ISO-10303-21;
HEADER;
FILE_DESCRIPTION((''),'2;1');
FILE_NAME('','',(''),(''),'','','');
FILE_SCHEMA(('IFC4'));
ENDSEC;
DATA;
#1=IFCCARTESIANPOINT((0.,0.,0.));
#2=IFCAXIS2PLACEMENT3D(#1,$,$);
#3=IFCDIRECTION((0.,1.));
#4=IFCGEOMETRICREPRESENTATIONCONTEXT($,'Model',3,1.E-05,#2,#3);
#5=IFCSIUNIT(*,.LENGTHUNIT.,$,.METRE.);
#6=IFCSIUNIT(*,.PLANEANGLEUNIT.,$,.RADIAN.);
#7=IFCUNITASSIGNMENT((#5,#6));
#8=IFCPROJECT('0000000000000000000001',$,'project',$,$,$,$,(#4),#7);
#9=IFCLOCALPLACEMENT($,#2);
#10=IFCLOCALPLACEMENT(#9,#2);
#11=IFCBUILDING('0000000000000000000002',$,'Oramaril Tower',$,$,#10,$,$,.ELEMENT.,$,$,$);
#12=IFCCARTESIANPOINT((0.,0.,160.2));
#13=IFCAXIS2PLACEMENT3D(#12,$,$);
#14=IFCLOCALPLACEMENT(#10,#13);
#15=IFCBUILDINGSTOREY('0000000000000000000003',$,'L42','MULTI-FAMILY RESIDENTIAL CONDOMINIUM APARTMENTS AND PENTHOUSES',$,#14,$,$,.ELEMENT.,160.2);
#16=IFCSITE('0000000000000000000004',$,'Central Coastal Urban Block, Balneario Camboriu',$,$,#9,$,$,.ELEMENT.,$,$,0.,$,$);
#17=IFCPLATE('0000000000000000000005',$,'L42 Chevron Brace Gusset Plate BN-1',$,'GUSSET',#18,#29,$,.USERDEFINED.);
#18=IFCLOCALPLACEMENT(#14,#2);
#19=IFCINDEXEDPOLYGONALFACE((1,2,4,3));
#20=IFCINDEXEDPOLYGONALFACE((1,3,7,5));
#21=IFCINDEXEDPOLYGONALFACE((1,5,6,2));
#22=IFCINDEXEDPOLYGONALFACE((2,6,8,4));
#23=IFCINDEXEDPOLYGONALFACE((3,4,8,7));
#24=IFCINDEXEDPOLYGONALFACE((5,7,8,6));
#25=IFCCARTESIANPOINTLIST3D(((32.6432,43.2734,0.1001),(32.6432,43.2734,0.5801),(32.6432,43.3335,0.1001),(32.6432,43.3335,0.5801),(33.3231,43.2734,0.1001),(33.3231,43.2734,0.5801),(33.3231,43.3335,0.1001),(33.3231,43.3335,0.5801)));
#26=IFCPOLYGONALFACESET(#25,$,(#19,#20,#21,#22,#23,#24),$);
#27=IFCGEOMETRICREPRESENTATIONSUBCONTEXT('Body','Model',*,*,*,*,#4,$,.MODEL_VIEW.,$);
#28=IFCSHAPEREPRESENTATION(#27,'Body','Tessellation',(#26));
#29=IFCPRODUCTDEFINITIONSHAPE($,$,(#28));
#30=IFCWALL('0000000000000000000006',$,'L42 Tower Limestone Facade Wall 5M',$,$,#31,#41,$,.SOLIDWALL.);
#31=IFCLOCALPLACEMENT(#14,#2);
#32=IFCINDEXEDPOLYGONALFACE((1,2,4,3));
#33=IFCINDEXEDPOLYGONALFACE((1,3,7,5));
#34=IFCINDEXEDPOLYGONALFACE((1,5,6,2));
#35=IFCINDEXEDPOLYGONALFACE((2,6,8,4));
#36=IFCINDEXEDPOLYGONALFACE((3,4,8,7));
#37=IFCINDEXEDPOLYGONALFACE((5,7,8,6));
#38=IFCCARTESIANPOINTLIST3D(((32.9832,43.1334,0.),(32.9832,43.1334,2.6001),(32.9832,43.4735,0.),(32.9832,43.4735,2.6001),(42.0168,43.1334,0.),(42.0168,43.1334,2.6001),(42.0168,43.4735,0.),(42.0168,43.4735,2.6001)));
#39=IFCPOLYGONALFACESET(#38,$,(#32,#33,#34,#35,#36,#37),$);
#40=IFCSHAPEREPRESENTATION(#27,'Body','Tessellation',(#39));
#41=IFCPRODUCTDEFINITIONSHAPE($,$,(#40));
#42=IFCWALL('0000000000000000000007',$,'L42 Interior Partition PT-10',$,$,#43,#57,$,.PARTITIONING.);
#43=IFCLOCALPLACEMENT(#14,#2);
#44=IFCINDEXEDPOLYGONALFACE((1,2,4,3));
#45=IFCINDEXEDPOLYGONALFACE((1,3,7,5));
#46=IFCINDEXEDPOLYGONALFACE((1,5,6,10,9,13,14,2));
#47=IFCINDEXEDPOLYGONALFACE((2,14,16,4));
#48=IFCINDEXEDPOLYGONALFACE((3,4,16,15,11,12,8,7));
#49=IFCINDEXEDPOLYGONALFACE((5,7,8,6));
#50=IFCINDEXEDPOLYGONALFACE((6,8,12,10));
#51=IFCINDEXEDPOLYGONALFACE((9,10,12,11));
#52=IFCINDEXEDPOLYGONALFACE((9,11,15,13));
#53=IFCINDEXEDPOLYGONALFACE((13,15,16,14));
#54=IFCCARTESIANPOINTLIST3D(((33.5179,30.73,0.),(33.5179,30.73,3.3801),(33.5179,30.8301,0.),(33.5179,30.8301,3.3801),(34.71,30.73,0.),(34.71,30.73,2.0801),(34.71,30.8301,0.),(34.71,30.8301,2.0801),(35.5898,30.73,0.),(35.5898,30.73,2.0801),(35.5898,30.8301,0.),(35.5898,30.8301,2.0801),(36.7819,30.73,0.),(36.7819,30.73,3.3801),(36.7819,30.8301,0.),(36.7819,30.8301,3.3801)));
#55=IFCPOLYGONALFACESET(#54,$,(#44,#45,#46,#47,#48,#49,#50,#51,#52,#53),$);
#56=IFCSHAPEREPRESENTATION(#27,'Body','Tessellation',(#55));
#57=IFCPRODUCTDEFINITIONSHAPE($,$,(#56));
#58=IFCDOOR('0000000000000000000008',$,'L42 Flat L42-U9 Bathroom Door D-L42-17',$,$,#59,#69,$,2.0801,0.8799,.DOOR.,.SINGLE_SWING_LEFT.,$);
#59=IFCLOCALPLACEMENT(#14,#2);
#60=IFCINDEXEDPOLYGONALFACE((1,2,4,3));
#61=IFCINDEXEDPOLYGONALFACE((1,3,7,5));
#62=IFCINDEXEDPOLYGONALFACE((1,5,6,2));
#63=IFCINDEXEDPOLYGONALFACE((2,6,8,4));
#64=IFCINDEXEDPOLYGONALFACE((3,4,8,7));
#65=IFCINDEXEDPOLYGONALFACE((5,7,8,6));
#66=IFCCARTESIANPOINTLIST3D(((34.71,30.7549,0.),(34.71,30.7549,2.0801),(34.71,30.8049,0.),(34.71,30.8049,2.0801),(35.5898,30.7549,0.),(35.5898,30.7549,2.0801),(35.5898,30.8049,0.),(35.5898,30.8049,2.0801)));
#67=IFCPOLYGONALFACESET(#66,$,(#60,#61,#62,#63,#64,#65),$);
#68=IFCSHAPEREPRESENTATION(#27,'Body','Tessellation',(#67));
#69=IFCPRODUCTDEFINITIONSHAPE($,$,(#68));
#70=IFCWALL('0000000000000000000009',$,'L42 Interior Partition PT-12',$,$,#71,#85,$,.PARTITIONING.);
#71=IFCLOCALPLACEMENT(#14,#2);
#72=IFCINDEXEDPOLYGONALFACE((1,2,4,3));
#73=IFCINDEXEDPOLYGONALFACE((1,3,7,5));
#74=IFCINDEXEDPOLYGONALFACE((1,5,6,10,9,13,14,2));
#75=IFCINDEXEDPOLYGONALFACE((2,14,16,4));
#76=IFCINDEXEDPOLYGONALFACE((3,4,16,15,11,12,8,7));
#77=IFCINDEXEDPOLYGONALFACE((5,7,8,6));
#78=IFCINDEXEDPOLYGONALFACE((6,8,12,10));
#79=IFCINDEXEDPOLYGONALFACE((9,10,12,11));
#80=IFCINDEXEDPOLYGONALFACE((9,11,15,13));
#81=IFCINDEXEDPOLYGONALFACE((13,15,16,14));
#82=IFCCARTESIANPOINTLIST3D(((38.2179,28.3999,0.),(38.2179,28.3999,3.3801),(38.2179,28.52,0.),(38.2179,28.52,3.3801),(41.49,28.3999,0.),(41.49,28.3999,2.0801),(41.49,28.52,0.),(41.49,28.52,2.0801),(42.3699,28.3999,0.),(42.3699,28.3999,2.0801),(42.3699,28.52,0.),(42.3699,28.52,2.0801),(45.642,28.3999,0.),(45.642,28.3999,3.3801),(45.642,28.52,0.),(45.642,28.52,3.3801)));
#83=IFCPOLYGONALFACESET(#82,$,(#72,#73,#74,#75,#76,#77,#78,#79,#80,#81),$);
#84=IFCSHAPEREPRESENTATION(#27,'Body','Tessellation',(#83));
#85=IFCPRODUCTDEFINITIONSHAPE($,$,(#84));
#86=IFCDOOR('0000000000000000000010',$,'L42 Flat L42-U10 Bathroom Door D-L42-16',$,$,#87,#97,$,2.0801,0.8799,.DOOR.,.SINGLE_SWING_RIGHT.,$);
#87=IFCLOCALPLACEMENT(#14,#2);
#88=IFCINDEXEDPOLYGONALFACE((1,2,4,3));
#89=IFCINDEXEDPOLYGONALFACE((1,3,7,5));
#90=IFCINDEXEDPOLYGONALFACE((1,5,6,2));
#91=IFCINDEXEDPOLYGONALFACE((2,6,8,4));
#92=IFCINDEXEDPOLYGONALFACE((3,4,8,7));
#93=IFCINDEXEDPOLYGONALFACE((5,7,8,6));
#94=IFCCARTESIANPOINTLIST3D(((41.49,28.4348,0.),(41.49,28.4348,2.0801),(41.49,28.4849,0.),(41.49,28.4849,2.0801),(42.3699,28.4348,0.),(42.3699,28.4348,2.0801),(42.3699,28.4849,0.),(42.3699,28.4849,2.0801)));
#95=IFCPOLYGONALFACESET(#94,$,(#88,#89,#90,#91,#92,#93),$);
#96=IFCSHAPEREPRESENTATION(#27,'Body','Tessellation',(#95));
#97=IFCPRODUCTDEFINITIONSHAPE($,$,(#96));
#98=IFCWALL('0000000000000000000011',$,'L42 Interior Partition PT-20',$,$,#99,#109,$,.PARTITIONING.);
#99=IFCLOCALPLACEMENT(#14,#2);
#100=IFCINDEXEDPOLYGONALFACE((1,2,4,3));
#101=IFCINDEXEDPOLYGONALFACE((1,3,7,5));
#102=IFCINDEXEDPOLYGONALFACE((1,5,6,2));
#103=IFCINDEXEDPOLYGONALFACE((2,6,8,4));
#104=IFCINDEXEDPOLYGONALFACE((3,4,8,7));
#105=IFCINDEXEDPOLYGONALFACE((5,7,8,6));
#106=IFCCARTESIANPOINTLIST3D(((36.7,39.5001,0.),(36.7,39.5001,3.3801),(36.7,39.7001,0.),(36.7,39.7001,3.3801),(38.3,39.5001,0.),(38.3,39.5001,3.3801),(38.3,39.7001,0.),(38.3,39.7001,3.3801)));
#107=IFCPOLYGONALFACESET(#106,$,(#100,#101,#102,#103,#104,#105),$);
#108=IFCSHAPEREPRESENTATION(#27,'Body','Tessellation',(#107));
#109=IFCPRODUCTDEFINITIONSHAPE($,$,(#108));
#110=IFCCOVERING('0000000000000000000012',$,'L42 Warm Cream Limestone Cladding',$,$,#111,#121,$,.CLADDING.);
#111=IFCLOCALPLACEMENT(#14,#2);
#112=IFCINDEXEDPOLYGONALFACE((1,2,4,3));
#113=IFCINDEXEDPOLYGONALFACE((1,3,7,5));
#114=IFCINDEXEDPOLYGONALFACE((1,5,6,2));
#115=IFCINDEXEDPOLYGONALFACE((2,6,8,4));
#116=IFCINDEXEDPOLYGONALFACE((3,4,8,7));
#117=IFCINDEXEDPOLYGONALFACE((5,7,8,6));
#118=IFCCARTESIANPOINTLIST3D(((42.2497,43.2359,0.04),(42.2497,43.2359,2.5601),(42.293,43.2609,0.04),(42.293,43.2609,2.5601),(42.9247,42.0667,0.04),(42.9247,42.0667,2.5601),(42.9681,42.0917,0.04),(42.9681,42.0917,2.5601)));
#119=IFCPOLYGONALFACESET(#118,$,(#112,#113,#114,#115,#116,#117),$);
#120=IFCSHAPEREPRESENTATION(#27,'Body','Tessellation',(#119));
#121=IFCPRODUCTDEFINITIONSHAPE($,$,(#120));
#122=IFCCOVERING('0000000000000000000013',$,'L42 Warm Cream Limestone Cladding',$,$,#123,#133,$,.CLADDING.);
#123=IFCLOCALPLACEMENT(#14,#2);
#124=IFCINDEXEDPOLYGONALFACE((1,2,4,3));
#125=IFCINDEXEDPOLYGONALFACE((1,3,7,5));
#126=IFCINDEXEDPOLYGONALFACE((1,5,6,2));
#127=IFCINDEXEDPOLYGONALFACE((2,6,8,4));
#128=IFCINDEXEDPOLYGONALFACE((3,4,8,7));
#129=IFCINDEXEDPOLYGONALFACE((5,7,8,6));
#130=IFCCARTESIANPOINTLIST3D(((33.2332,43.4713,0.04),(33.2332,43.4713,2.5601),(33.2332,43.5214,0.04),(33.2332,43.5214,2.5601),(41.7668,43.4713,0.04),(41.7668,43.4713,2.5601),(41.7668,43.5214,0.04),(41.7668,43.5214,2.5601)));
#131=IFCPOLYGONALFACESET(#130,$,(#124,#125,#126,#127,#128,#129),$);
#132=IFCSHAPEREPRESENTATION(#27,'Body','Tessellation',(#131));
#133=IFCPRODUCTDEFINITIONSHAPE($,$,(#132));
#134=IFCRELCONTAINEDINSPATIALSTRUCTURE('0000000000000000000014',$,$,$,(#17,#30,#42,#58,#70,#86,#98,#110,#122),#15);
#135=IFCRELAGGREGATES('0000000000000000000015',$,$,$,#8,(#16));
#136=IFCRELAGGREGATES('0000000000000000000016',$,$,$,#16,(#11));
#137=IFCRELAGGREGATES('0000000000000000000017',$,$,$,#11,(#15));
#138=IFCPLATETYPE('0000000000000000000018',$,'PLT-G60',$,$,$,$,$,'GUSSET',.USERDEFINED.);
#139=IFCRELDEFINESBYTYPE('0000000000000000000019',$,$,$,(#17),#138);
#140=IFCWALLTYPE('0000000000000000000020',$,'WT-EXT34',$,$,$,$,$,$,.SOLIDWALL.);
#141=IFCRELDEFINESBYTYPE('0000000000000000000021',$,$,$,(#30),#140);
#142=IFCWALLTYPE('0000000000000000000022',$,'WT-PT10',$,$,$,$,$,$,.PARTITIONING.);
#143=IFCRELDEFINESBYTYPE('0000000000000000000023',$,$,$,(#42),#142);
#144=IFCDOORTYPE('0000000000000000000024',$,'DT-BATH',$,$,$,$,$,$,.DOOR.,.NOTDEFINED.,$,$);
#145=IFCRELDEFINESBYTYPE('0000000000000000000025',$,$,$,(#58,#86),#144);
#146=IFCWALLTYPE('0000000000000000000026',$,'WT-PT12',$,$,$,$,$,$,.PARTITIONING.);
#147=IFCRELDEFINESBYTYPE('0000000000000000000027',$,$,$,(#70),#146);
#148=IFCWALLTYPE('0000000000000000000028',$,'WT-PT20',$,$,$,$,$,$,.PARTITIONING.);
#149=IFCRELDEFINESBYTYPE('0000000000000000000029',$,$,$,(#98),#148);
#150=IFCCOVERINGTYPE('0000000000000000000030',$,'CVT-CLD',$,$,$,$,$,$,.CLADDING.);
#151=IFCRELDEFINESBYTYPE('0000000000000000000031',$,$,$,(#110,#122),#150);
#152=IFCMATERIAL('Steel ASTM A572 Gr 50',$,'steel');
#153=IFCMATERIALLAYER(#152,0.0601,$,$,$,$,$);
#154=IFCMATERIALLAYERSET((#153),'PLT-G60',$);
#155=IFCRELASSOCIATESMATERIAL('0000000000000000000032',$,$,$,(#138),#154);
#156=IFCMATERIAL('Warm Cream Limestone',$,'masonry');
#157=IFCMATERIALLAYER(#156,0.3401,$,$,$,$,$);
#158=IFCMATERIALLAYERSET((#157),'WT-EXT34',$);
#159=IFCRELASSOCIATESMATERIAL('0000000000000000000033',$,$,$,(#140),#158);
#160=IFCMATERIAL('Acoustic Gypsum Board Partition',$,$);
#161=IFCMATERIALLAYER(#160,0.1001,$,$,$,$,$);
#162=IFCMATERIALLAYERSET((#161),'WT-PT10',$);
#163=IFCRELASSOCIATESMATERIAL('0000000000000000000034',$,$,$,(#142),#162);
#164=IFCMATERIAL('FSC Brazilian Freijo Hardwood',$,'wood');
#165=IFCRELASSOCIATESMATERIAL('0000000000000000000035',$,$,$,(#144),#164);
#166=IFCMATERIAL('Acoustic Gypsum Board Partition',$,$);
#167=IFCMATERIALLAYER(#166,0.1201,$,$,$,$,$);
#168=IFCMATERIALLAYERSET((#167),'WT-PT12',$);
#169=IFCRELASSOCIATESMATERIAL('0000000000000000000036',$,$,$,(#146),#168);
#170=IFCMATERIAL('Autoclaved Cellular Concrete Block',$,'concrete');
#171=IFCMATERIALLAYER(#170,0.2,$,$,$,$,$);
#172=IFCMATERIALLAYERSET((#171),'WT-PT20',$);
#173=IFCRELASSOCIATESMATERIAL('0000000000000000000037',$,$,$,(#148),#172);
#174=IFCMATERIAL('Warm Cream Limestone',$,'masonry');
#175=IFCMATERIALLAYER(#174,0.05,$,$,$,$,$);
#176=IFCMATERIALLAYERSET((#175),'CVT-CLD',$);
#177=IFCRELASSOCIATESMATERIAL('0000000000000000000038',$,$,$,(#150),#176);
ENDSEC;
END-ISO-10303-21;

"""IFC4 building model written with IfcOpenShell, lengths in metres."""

from ifc_helpers import new_model, si_unit, direction, frame, frame_2d, origin, origin_2d, place, context, subcontext, project, spatial, rectangle, extrude, material, layer, layer_set, type_object, element, fill, save


model = new_model("IFC4")

# Units and contexts
model_context = context("Model", 3, precision=1e-05, world=origin(), true_north=direction((0.0, 1.0)))
body_context = subcontext(model_context, "Body", "Model", "MODEL_VIEW")
ifc_project = project(units=[si_unit("LENGTHUNIT", "METRE"), si_unit("PLANEANGLEUNIT", "RADIAN")], contexts=[model_context])

# Site, building, storey
site_placement = place(None, origin())
site = spatial("IfcSite", under=ifc_project, at=site_placement, Name="Central Coastal Urban Block, Balneario Camboriu", CompositionType="ELEMENT", RefElevation=0.0)
building_placement = place(site_placement, origin())
building = spatial("IfcBuilding", under=site, at=building_placement, Name="Oramaril Tower", CompositionType="ELEMENT")
storey_placement = place(building_placement, frame((0.0, 0.0, 160.2)))
storey = spatial("IfcBuildingStorey", under=building, at=storey_placement, Name="L42", Description="MULTI-FAMILY RESIDENTIAL CONDOMINIUM APARTMENTS AND PENTHOUSES", CompositionType="ELEMENT", Elevation=160.2)

# Plate
ifc_material_1 = material(Name="Steel ASTM A572 Gr 50", Category="steel")
ifc_layer_1 = layer(ifc_material_1, 0.0601)
ifc_layer_set_1 = layer_set([ifc_layer_1], Name="PLT-G60")
plate_type = type_object("IfcPlateType", Name="PLT-G60", ElementType="GUSSET", PredefinedType="USERDEFINED", material=ifc_layer_set_1)
for number, where, z_axis, x_axis, name in (
    (1, (32.9832, 43.3035, 0.1001), (0.0, 0.0, 1.0), (-1.0, 0.0, 0.0), "L42 Chevron Brace Gusset Plate BN-1"),
):
    element("IfcPlate", number, at=place(storey_placement, frame(where, z_axis=z_axis, x_axis=x_axis)), inside=storey, type_object=plate_type, Name=name, ObjectType="GUSSET", PredefinedType="USERDEFINED", context=body_context, shape_type="SweptSolid", body=[
        extrude(rectangle(XDim=0.6799, YDim=0.0601, at=origin_2d()), origin(), (0.0, 0.0, 1.0), 0.48),
    ])

# Wall
ifc_material_2 = material(Name="Warm Cream Limestone", Category="masonry")
ifc_layer_2 = layer(ifc_material_2, 0.3401)
ifc_layer_set_2 = layer_set([ifc_layer_2], Name="WT-EXT34")
wall_type_1 = type_object("IfcWallType", Name="WT-EXT34", PredefinedType="SOLIDWALL", material=ifc_layer_set_2)
wall_1_placement = place(storey_placement, frame((42.0168, 43.3035, 0.0), z_axis=(0.0, 0.0, 1.0), x_axis=(-1.0, 0.0, 0.0)))
element("IfcWall", 2, at=wall_1_placement, inside=storey, type_object=wall_type_1, Name="L42 Tower Limestone Facade Wall 5M", PredefinedType="SOLIDWALL", context=body_context, shape_type="SweptSolid", body=[
    extrude(rectangle(XDim=9.0337, YDim=0.3401, at=frame_2d((4.5168, 0.0))), origin(), (0.0, 0.0, 1.0), 2.6001),
])

# Walls, openings, doors
ifc_material_3 = material(Name="Acoustic Gypsum Board Partition")
ifc_layer_3 = layer(ifc_material_3, 0.1001)
ifc_layer_set_3 = layer_set([ifc_layer_3], Name="WT-PT10")
wall_type_2 = type_object("IfcWallType", Name="WT-PT10", PredefinedType="PARTITIONING", material=ifc_layer_set_3)
wall_2_placement = place(storey_placement, frame((33.5181, 30.78, 0.0), z_axis=(0.0, 0.0, 1.0), x_axis=(1.0, 0.0, 0.0)))
wall_2 = element("IfcWall", 3, at=wall_2_placement, inside=storey, type_object=wall_type_2, Name="L42 Interior Partition PT-10", PredefinedType="PARTITIONING", context=body_context, shape_type="SweptSolid", body=[
    extrude(rectangle(XDim=3.2639, YDim=0.1001, at=frame_2d((1.6318, 0.0))), origin(), (0.0, 0.0, 1.0), 3.3801),
])
opening_1_placement = place(wall_2_placement, frame((1.1919, 0.0, 0.0)))
opening_1 = element("IfcOpeningElement", 4, at=opening_1_placement, cuts=wall_2, PredefinedType="OPENING", context=body_context, shape_type="SweptSolid", body=[
    extrude(rectangle(XDim=0.8799, YDim=2.0801, at=frame_2d((0.4399, 1.04))), frame((0.0, 0.05, 0.0), z_axis=(0.0, -1.0, 0.0), x_axis=(1.0, 0.0, 0.0)), (0.0, 0.0, 1.0), 0.1001),
])
ifc_material_4 = material(Name="FSC Brazilian Freijo Hardwood", Category="wood")
door_type_1 = type_object("IfcDoorType", Name="DT-BATH", OperationType="NOTDEFINED", PredefinedType="DOOR", material=ifc_material_4)
door_1_placement = place(opening_1_placement, origin())
door_1 = element("IfcDoor", 5, at=door_1_placement, inside=storey, type_object=door_type_1, Name="L42 Flat L42-U9 Bathroom Door D-L42-17", OperationType="SINGLE_SWING_LEFT", OverallHeight=2.0801, OverallWidth=0.8799, PredefinedType="DOOR", context=body_context, shape_type="SweptSolid", body=[
    extrude(rectangle(XDim=0.8799, YDim=2.0801, at=frame_2d((0.4399, 1.04))), frame((0.0, 0.0249, 0.0), z_axis=(0.0, -1.0, 0.0), x_axis=(1.0, 0.0, 0.0)), (0.0, 0.0, 1.0), 0.05),
])
fill(opening_1, door_1)
ifc_material_5 = material(Name="Acoustic Gypsum Board Partition")
ifc_layer_4 = layer(ifc_material_5, 0.1201)
ifc_layer_set_4 = layer_set([ifc_layer_4], Name="WT-PT12")
wall_type_3 = type_object("IfcWallType", Name="WT-PT12", PredefinedType="PARTITIONING", material=ifc_layer_set_4)
wall_3_placement = place(storey_placement, frame((38.218, 28.46, 0.0), z_axis=(0.0, 0.0, 1.0), x_axis=(1.0, 0.0, 0.0)))
wall_3 = element("IfcWall", 6, at=wall_3_placement, inside=storey, type_object=wall_type_3, Name="L42 Interior Partition PT-12", PredefinedType="PARTITIONING", context=body_context, shape_type="SweptSolid", body=[
    extrude(rectangle(XDim=7.4241, YDim=0.1201, at=frame_2d((3.7119, 0.0))), origin(), (0.0, 0.0, 1.0), 3.3801),
])
opening_2_placement = place(wall_3_placement, frame((3.272, 0.0, 0.0)))
opening_2 = element("IfcOpeningElement", 7, at=opening_2_placement, cuts=wall_3, PredefinedType="OPENING", context=body_context, shape_type="SweptSolid", body=[
    extrude(rectangle(XDim=0.8799, YDim=2.0801, at=frame_2d((0.4399, 1.04))), frame((0.0, 0.0601, 0.0), z_axis=(0.0, -1.0, 0.0), x_axis=(1.0, 0.0, 0.0)), (0.0, 0.0, 1.0), 0.1201),
])
door_2_placement = place(opening_2_placement, origin())
door_2 = element("IfcDoor", 8, at=door_2_placement, inside=storey, type_object=door_type_1, Name="L42 Flat L42-U10 Bathroom Door D-L42-16", OperationType="SINGLE_SWING_RIGHT", OverallHeight=2.0801, OverallWidth=0.8799, PredefinedType="DOOR", context=body_context, shape_type="SweptSolid", body=[
    extrude(rectangle(XDim=0.8799, YDim=2.0801, at=frame_2d((0.4399, 1.04))), frame((0.0, 0.0249, 0.0), z_axis=(0.0, -1.0, 0.0), x_axis=(1.0, 0.0, 0.0)), (0.0, 0.0, 1.0), 0.05),
])
fill(opening_2, door_2)

# Wall
ifc_material_6 = material(Name="Autoclaved Cellular Concrete Block", Category="concrete")
ifc_layer_5 = layer(ifc_material_6, 0.2)
ifc_layer_set_5 = layer_set([ifc_layer_5], Name="WT-PT20")
wall_type_4 = type_object("IfcWallType", Name="WT-PT20", PredefinedType="PARTITIONING", material=ifc_layer_set_5)
wall_4_placement = place(storey_placement, frame((36.7, 39.6001, 0.0), z_axis=(0.0, 0.0, 1.0), x_axis=(1.0, 0.0, 0.0)))
element("IfcWall", 9, at=wall_4_placement, inside=storey, type_object=wall_type_4, Name="L42 Interior Partition PT-20", PredefinedType="PARTITIONING", context=body_context, shape_type="SweptSolid", body=[
    extrude(rectangle(XDim=1.6001, YDim=0.2, at=frame_2d((0.8, 0.0))), origin(), (0.0, 0.0, 1.0), 3.3801),
])

# Coverings
ifc_material_7 = material(Name="Warm Cream Limestone", Category="masonry")
ifc_layer_6 = layer(ifc_material_7, 0.05)
ifc_layer_set_6 = layer_set([ifc_layer_6], Name="CVT-CLD")
covering_type = type_object("IfcCoveringType", Name="CVT-CLD", PredefinedType="CLADDING", material=ifc_layer_set_6)
covering_1_placement = place(storey_placement, frame((42.6089, 42.6638, 0.04), z_axis=(0.0, 0.0, 1.0), x_axis=(-0.5, 0.866025, 0.0)))
element("IfcCovering", 10, at=covering_1_placement, inside=storey, type_object=covering_type, Name="L42 Warm Cream Limestone Cladding", PredefinedType="CLADDING", context=body_context, shape_type="SweptSolid", body=[
    extrude(rectangle(XDim=1.3501, YDim=0.05, at=origin_2d()), origin(), (0.0, 0.0, 1.0), 2.52),
])
covering_2_placement = place(storey_placement, frame((37.5, 43.4963, 0.04), z_axis=(0.0, 0.0, 1.0), x_axis=(-1.0, 0.0, 0.0)))
element("IfcCovering", 11, at=covering_2_placement, inside=storey, type_object=covering_type, Name="L42 Warm Cream Limestone Cladding", PredefinedType="CLADDING", context=body_context, shape_type="SweptSolid", body=[
    extrude(rectangle(XDim=8.5337, YDim=0.05, at=origin_2d()), origin(), (0.0, 0.0, 1.0), 2.52),
])

save(model, "model.ifc")
